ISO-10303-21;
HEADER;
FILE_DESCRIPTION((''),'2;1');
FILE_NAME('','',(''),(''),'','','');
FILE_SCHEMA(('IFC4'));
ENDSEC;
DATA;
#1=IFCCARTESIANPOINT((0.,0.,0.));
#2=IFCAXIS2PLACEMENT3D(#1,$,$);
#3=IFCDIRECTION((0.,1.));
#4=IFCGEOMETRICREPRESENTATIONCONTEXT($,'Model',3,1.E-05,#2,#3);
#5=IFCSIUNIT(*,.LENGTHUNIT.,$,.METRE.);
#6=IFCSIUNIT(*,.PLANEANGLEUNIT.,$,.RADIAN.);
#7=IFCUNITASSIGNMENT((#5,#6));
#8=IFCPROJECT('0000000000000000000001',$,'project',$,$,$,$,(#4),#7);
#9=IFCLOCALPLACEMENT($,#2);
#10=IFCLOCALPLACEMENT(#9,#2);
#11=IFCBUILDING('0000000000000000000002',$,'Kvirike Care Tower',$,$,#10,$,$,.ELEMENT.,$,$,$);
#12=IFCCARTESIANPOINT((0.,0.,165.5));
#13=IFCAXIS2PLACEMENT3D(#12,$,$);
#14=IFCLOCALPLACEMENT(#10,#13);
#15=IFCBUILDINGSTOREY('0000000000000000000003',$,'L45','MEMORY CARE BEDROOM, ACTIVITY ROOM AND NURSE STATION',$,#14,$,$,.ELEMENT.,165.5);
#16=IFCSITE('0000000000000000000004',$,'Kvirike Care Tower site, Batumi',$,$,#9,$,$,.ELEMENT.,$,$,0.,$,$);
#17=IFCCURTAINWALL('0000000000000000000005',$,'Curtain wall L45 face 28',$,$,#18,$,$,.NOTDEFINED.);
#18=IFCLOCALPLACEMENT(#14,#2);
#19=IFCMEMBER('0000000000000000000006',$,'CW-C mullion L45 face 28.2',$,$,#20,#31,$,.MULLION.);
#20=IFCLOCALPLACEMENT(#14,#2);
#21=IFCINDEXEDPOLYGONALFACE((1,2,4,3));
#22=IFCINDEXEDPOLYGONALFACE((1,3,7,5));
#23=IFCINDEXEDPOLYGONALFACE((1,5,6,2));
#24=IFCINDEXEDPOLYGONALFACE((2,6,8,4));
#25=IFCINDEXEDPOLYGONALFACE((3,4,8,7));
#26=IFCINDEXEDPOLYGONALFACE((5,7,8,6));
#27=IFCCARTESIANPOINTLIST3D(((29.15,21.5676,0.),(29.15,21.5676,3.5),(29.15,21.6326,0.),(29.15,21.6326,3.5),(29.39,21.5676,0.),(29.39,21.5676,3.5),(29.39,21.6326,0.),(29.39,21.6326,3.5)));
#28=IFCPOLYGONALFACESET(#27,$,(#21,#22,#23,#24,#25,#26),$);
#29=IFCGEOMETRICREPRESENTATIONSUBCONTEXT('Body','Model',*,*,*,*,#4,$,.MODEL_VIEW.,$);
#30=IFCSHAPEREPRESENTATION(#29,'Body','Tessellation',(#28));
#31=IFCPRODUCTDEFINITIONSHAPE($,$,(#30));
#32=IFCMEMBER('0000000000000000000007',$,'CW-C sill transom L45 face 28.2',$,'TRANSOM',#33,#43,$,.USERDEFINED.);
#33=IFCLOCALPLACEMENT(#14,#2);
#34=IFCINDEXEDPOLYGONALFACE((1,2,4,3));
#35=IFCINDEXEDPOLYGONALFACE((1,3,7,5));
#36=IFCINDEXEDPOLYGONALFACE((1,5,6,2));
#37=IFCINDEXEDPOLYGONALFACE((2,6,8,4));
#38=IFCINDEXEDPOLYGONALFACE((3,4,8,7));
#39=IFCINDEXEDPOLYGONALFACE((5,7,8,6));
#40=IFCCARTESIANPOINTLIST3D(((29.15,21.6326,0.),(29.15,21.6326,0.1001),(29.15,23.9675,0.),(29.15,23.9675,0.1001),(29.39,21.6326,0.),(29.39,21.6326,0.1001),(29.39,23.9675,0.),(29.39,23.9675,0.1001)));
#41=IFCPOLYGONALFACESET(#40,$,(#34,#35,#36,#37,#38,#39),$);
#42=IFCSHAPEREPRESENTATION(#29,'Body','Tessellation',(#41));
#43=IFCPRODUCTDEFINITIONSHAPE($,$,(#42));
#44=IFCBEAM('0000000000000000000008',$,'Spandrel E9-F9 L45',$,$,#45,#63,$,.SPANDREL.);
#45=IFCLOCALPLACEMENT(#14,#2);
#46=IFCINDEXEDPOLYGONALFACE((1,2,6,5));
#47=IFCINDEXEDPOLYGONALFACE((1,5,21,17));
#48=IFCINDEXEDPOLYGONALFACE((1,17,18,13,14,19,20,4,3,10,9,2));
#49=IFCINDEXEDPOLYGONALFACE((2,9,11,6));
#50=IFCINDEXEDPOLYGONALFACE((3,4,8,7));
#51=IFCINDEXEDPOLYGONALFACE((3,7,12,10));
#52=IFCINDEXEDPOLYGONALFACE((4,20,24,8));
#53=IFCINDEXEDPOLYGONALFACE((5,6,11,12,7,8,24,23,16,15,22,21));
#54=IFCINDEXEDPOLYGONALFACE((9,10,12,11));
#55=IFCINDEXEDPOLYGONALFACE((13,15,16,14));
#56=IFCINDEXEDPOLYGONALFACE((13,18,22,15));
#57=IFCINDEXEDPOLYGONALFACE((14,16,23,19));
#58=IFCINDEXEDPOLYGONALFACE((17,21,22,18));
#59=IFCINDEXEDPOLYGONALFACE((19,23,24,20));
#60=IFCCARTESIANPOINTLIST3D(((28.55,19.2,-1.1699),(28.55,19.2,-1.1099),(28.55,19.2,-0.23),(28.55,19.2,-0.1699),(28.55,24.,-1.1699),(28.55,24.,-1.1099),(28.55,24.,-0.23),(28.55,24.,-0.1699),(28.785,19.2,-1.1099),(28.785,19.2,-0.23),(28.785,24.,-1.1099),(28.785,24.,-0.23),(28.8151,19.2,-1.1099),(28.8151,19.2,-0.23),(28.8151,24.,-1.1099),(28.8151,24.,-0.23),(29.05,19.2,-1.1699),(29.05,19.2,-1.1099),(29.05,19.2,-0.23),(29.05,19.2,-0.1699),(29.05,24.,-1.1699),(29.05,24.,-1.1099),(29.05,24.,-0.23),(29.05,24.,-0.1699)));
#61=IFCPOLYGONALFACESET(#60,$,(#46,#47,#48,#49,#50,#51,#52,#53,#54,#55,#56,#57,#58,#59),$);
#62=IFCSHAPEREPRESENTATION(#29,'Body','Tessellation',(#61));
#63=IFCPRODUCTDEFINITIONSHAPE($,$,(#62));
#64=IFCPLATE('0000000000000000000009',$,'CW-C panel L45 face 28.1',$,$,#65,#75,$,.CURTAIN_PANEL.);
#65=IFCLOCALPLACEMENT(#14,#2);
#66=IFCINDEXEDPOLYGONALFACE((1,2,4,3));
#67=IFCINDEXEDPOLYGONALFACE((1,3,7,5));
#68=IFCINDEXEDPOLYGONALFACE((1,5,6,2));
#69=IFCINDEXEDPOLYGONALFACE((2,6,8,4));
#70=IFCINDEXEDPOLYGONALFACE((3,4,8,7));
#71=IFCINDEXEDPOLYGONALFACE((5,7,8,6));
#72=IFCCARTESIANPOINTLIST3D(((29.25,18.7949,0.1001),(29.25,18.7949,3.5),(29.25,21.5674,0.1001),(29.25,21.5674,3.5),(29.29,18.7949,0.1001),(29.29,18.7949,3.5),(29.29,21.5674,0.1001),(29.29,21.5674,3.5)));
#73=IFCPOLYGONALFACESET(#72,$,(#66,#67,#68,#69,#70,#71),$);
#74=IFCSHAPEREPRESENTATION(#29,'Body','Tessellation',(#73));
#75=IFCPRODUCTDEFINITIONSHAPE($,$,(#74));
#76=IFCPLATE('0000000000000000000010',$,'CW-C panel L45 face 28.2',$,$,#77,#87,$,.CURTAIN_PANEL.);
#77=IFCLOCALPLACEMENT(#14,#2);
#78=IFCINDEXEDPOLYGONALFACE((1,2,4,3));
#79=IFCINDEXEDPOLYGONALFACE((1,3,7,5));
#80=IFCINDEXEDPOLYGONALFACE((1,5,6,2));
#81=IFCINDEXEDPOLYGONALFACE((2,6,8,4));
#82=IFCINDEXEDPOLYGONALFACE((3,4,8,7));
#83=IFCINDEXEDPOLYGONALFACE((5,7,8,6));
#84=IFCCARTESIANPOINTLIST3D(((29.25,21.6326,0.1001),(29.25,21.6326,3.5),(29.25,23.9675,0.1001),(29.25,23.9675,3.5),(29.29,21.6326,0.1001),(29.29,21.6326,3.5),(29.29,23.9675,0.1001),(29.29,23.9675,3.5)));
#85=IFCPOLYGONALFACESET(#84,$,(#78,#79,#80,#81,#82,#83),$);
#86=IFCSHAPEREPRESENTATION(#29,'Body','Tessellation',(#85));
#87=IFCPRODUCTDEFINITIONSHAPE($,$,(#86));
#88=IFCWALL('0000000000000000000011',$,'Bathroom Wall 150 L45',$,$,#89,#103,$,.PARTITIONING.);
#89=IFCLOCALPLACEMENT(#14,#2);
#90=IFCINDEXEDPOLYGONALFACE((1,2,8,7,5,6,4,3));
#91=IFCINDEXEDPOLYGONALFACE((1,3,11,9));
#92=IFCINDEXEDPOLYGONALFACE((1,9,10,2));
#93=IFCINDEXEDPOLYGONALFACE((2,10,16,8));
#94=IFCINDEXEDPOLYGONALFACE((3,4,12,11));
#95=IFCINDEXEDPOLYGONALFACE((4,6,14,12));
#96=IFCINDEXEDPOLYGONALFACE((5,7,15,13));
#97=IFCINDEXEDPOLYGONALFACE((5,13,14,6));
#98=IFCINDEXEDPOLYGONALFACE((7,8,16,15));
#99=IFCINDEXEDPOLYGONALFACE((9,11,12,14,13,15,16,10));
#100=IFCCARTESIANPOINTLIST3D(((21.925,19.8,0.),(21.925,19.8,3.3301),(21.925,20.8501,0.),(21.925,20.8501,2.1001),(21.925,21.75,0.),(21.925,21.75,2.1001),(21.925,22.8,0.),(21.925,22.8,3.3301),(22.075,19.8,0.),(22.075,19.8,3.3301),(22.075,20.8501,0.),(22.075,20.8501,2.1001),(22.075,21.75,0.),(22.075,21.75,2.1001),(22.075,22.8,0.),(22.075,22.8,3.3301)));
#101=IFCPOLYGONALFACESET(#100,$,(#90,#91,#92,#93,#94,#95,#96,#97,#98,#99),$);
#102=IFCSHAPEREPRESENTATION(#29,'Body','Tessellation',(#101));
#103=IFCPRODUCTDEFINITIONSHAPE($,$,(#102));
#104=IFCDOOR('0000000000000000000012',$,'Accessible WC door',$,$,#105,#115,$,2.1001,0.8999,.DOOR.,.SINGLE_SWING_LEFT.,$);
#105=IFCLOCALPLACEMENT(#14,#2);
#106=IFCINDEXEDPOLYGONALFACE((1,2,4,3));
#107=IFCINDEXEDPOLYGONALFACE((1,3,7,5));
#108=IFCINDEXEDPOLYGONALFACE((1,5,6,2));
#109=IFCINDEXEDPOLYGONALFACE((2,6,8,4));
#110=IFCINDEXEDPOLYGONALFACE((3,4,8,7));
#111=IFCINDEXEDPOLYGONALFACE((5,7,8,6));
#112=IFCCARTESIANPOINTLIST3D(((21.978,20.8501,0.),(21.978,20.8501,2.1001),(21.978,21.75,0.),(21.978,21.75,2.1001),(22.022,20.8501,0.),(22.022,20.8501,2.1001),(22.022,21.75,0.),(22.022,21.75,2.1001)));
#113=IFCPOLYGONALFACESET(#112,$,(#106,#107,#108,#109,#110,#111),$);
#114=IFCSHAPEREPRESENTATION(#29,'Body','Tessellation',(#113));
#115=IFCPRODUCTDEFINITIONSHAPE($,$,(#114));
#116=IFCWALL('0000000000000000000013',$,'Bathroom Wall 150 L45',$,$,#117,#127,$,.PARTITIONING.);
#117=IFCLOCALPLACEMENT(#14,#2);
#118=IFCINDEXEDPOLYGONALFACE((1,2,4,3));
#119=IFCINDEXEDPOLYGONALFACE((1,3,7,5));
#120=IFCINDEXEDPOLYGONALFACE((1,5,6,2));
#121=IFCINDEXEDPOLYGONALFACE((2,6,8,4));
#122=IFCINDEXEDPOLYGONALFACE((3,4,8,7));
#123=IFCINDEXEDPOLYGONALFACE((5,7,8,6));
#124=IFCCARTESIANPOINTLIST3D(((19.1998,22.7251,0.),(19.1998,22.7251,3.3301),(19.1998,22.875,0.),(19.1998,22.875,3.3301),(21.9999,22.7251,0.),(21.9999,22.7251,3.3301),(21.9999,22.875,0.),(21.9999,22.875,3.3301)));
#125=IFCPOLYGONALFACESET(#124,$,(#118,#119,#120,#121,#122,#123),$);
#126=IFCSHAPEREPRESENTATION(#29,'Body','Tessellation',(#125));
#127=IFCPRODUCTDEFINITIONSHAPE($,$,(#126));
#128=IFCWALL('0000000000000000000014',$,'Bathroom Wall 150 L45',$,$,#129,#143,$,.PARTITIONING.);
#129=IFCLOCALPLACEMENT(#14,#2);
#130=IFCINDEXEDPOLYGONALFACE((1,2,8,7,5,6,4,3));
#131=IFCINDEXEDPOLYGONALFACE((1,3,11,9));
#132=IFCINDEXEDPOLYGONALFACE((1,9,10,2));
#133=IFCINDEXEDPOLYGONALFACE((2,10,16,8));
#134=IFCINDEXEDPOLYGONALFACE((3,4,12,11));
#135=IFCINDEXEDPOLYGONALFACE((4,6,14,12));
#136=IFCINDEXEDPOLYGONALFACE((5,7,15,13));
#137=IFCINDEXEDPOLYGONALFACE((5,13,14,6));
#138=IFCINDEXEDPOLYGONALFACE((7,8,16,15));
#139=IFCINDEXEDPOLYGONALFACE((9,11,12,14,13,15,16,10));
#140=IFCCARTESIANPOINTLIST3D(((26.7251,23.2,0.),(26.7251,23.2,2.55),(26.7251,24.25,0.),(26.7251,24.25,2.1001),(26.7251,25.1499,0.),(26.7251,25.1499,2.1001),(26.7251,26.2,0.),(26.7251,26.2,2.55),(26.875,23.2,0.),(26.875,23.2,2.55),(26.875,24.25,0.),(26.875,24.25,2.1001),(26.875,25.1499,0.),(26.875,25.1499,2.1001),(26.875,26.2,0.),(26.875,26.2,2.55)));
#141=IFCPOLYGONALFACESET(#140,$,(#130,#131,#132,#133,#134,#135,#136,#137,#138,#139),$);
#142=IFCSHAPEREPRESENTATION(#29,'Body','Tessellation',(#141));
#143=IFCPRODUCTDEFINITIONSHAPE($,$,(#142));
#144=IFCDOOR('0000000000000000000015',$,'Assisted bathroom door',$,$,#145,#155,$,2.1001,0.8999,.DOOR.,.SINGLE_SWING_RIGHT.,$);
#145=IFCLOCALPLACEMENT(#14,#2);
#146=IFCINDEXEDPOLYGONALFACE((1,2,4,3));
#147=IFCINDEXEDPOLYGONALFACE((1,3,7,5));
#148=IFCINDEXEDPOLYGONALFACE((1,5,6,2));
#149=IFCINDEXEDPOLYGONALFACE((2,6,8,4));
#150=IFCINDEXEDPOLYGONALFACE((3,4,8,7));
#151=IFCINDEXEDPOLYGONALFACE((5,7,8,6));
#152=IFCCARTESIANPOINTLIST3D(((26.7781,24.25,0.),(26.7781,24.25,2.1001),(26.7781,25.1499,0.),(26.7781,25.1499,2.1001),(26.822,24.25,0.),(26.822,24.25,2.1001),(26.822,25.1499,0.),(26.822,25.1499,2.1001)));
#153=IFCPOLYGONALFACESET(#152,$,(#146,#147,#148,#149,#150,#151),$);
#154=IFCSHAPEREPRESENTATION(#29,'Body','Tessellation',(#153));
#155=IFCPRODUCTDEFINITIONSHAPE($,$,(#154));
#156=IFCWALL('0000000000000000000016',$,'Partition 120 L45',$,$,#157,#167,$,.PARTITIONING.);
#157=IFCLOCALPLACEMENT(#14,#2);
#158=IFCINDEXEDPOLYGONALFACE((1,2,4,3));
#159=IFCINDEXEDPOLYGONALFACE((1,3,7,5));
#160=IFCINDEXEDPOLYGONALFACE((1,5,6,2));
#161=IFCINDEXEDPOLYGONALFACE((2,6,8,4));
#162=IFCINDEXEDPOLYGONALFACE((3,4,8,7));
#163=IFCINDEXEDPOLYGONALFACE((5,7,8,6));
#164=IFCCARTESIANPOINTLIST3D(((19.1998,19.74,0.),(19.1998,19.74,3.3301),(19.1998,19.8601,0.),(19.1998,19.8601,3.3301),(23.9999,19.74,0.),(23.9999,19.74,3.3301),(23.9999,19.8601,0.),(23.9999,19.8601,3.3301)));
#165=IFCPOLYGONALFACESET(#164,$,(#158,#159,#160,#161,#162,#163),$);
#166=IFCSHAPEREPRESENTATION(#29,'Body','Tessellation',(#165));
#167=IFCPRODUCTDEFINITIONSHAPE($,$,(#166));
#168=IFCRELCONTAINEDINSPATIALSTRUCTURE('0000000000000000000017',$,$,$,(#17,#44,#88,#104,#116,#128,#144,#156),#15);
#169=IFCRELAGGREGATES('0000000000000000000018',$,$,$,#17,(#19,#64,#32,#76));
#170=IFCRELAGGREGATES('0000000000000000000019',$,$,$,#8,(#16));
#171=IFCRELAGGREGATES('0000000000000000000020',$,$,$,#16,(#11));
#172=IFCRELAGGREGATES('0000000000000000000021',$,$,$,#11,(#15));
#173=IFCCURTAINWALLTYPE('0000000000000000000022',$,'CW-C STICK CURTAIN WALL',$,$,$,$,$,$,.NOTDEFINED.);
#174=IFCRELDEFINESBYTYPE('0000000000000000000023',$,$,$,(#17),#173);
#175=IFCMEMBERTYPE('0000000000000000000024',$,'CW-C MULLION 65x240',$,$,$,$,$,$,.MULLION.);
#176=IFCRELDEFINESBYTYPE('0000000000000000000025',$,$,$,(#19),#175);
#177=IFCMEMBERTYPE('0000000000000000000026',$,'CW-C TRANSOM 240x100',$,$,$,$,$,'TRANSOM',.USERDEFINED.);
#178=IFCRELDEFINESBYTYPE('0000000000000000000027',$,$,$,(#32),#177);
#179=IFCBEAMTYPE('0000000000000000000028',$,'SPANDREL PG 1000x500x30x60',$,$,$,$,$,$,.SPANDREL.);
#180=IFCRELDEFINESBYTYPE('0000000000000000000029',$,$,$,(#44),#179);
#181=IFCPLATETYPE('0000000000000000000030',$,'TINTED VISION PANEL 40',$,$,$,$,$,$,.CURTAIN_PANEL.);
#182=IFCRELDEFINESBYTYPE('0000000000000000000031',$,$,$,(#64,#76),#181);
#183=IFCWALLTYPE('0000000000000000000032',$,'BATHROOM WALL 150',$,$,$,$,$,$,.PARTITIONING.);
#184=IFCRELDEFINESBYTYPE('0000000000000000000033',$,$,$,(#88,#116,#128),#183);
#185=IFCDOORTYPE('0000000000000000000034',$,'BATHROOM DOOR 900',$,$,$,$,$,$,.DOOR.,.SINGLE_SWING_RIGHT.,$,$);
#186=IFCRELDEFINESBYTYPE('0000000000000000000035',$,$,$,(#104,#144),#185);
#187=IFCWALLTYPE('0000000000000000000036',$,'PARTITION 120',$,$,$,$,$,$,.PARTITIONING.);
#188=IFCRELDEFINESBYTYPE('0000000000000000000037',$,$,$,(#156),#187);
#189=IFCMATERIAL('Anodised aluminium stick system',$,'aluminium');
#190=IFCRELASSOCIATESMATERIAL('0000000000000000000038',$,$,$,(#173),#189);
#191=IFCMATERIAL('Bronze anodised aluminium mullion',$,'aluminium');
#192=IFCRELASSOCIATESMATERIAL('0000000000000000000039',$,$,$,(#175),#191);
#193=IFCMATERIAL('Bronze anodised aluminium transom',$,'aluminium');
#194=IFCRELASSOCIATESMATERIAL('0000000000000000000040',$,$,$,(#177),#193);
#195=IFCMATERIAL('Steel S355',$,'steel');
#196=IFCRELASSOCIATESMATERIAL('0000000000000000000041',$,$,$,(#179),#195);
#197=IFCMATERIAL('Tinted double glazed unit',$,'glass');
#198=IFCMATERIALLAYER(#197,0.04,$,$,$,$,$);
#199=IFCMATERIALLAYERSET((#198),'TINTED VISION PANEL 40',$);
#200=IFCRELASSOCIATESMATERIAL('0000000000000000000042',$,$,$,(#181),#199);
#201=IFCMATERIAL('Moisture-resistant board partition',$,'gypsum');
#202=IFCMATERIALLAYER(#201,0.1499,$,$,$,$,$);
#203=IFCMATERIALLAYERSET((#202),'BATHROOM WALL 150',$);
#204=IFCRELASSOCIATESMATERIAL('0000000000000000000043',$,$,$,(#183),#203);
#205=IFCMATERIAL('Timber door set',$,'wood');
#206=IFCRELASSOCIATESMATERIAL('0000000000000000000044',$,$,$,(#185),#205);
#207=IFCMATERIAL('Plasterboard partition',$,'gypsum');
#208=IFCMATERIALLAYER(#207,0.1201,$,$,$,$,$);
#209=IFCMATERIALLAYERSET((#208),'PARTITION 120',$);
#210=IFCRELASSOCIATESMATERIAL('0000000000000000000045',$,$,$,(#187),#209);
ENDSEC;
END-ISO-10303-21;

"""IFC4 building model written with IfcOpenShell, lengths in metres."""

from ifc_helpers import new_model, si_unit, direction, frame, frame_2d, origin, origin_2d, place, context, subcontext, project, spatial, rectangle, i_section, extrude, material, layer, layer_set, material_profile, profile_set, type_object, element, fill, aggregate, save


model = new_model("IFC4")

# Units and contexts
model_context = context("Model", 3, precision=1e-05, world=origin(), true_north=direction((0.0, 1.0)))
body_context = subcontext(model_context, "Body", "Model", "MODEL_VIEW")
ifc_project = project(units=[si_unit("LENGTHUNIT", "METRE"), si_unit("PLANEANGLEUNIT", "RADIAN")], contexts=[model_context])

# Site, building, storey
site_placement = place(None, origin())
site = spatial("IfcSite", under=ifc_project, at=site_placement, Name="Kvirike Care Tower site, Batumi", CompositionType="ELEMENT", RefElevation=0.0)
building_placement = place(site_placement, origin())
building = spatial("IfcBuilding", under=site, at=building_placement, Name="Kvirike Care Tower", CompositionType="ELEMENT")
storey_placement = place(building_placement, frame((0.0, 0.0, 165.5)))
storey = spatial("IfcBuildingStorey", under=building, at=storey_placement, Name="L45", Description="MEMORY CARE BEDROOM, ACTIVITY ROOM AND NURSE STATION", CompositionType="ELEMENT", Elevation=165.5)

# Curtain wall, members
ifc_material_1 = material(Name="Anodised aluminium stick system", Category="aluminium")
curtain_wall_type = type_object("IfcCurtainWallType", Name="CW-C STICK CURTAIN WALL", PredefinedType="NOTDEFINED", material=ifc_material_1)
curtain_wall_placement = place(storey_placement, origin())
curtain_wall = element("IfcCurtainWall", 1, at=curtain_wall_placement, inside=storey, type_object=curtain_wall_type, Name="Curtain wall L45 face 28", PredefinedType="NOTDEFINED")
ifc_material_2 = material(Name="Bronze anodised aluminium mullion", Category="aluminium")
ifc_material_profile_1 = material_profile(ifc_material_2, rectangle(XDim=0.0649, YDim=0.24, at=origin_2d()), Name="CW-C MULLION 65x240")
ifc_profile_set_1 = profile_set([ifc_material_profile_1], Name="Bronze anodised aluminium mullion")
member_type_1 = type_object("IfcMemberType", Name="CW-C MULLION 65x240", PredefinedType="MULLION", material=ifc_profile_set_1)
member_1_placement = place(storey_placement, frame((29.27, 21.6001, 0.0), z_axis=(0.0, 0.0, 1.0), x_axis=(0.0, 1.0, 0.0)))
member_1 = element("IfcMember", 2, at=member_1_placement, type_object=member_type_1, Name="CW-C mullion L45 face 28.2", PredefinedType="MULLION", context=body_context, shape_type="SweptSolid", body=[
    extrude(rectangle(XDim=0.0649, YDim=0.24, at=origin_2d()), origin(), (0.0, 0.0, 1.0), 3.5),
])
ifc_material_3 = material(Name="Bronze anodised aluminium transom", Category="aluminium")
ifc_material_profile_2 = material_profile(ifc_material_3, rectangle(XDim=0.24, YDim=0.1001, at=origin_2d()), Name="CW-C TRANSOM 240x100")
ifc_profile_set_2 = profile_set([ifc_material_profile_2], Name="Bronze anodised aluminium transom")
member_type_2 = type_object("IfcMemberType", Name="CW-C TRANSOM 240x100", ElementType="TRANSOM", PredefinedType="USERDEFINED", material=ifc_profile_set_2)
member_2_placement = place(storey_placement, frame((29.27, 21.6326, 0.05), z_axis=(0.0, 1.0, 0.0), x_axis=(-1.0, 0.0, 0.0)))
member_2 = element("IfcMember", 3, at=member_2_placement, type_object=member_type_2, Name="CW-C sill transom L45 face 28.2", ObjectType="TRANSOM", PredefinedType="USERDEFINED", context=body_context, shape_type="SweptSolid", body=[
    extrude(rectangle(XDim=0.24, YDim=0.1001, at=origin_2d()), origin(), (0.0, 0.0, 1.0), 2.335),
])

# Beam
ifc_material_4 = material(Name="Steel S355", Category="steel")
ifc_material_profile_3 = material_profile(ifc_material_4, i_section(OverallWidth=0.5, OverallDepth=1.0, WebThickness=0.03, FlangeThickness=0.0601, at=origin_2d()), Name="PG 1000x500x30x60")
ifc_profile_set_3 = profile_set([ifc_material_profile_3], Name="Steel S355")
beam_type = type_object("IfcBeamType", Name="SPANDREL PG 1000x500x30x60", PredefinedType="SPANDREL", material=ifc_profile_set_3)
beam_placement = place(storey_placement, frame((28.8, 19.2, -0.6699), z_axis=(0.0, 1.0, 0.0), x_axis=(-1.0, 0.0, 0.0)))
element("IfcBeam", 4, at=beam_placement, inside=storey, type_object=beam_type, Name="Spandrel E9-F9 L45", PredefinedType="SPANDREL", context=body_context, shape_type="SweptSolid", body=[
    extrude(i_section(OverallWidth=0.5, OverallDepth=1.0, WebThickness=0.03, FlangeThickness=0.0601, at=origin_2d()), origin(), (0.0, 0.0, 1.0), 4.8),
])

# Plates
ifc_material_5 = material(Name="Tinted double glazed unit", Category="glass")
ifc_layer_1 = layer(ifc_material_5, 0.04)
ifc_layer_set_1 = layer_set([ifc_layer_1], Name="TINTED VISION PANEL 40")
plate_type = type_object("IfcPlateType", Name="TINTED VISION PANEL 40", PredefinedType="CURTAIN_PANEL", material=ifc_layer_set_1)
plate_1_placement = place(storey_placement, frame((29.27, 20.1812, 0.1001), z_axis=(0.0, 0.0, 1.0), x_axis=(0.0, 1.0, 0.0)))
plate_1 = element("IfcPlate", 5, at=plate_1_placement, type_object=plate_type, Name="CW-C panel L45 face 28.1", PredefinedType="CURTAIN_PANEL", context=body_context, shape_type="SweptSolid", body=[
    extrude(rectangle(XDim=2.7725, YDim=0.04, at=origin_2d()), origin(), (0.0, 0.0, 1.0), 3.3999),
])
plate_2_placement = place(storey_placement, frame((29.27, 22.8, 0.1001), z_axis=(0.0, 0.0, 1.0), x_axis=(0.0, 1.0, 0.0)))
plate_2 = element("IfcPlate", 6, at=plate_2_placement, type_object=plate_type, Name="CW-C panel L45 face 28.2", PredefinedType="CURTAIN_PANEL", context=body_context, shape_type="SweptSolid", body=[
    extrude(rectangle(XDim=2.335, YDim=0.04, at=origin_2d()), origin(), (0.0, 0.0, 1.0), 3.3999),
])
aggregate(curtain_wall, [member_1, plate_1, member_2, plate_2])

# Wall, opening, door
ifc_material_6 = material(Name="Moisture-resistant board partition", Category="gypsum")
ifc_layer_2 = layer(ifc_material_6, 0.1499)
ifc_layer_set_2 = layer_set([ifc_layer_2], Name="BATHROOM WALL 150")
wall_type_1 = type_object("IfcWallType", Name="BATHROOM WALL 150", PredefinedType="PARTITIONING", material=ifc_layer_set_2)
wall_1_placement = place(storey_placement, frame((22.0, 19.8, 0.0), z_axis=(0.0, 0.0, 1.0), x_axis=(0.0, 1.0, 0.0)))
wall_1 = element("IfcWall", 7, at=wall_1_placement, inside=storey, type_object=wall_type_1, Name="Bathroom Wall 150 L45", PredefinedType="PARTITIONING", context=body_context, shape_type="SweptSolid", body=[
    extrude(rectangle(XDim=3.0, YDim=0.1499, at=frame_2d((1.5, 0.0))), origin(), (0.0, 0.0, 1.0), 3.3301),
])
opening_1_placement = place(wall_1_placement, frame((1.05, 0.0, 0.0)))
opening_1 = element("IfcOpeningElement", 8, at=opening_1_placement, cuts=wall_1, PredefinedType="OPENING", context=body_context, shape_type="SweptSolid", body=[
    extrude(rectangle(XDim=0.8999, YDim=2.1001, at=frame_2d((0.45, 1.05))), frame((0.0, 0.0854, 0.0), z_axis=(0.0, -1.0, 0.0), x_axis=(1.0, 0.0, 0.0)), (0.0, 0.0, 1.0), 0.1709),
])
ifc_material_7 = material(Name="Timber door set", Category="wood")
door_type_1 = type_object("IfcDoorType", Name="BATHROOM DOOR 900", OperationType="SINGLE_SWING_RIGHT", PredefinedType="DOOR", material=ifc_material_7)
door_1_placement = place(opening_1_placement, origin())
door_1 = element("IfcDoor", 9, at=door_1_placement, inside=storey, type_object=door_type_1, Name="Accessible WC door", OperationType="SINGLE_SWING_LEFT", OverallHeight=2.1001, OverallWidth=0.8999, PredefinedType="DOOR", context=body_context, shape_type="SweptSolid", body=[
    extrude(rectangle(XDim=0.8999, YDim=2.1001, at=frame_2d((0.45, 1.05))), frame((0.0, 0.022, 0.0), z_axis=(0.0, -1.0, 0.0), x_axis=(1.0, 0.0, 0.0)), (0.0, 0.0, 1.0), 0.0439),
])
fill(opening_1, door_1)

# Wall
wall_2_placement = place(storey_placement, frame((19.2, 22.8, 0.0), z_axis=(0.0, 0.0, 1.0), x_axis=(1.0, 0.0, 0.0)))
element("IfcWall", 10, at=wall_2_placement, inside=storey, type_object=wall_type_1, Name="Bathroom Wall 150 L45", PredefinedType="PARTITIONING", context=body_context, shape_type="SweptSolid", body=[
    extrude(rectangle(XDim=2.8, YDim=0.1499, at=frame_2d((1.3999, 0.0))), origin(), (0.0, 0.0, 1.0), 3.3301),
])

# Wall, opening, door
wall_3_placement = place(storey_placement, frame((26.8, 23.2, 0.0), z_axis=(0.0, 0.0, 1.0), x_axis=(0.0, 1.0, 0.0)))
wall_3 = element("IfcWall", 11, at=wall_3_placement, inside=storey, type_object=wall_type_1, Name="Bathroom Wall 150 L45", PredefinedType="PARTITIONING", context=body_context, shape_type="SweptSolid", body=[
    extrude(rectangle(XDim=3.0, YDim=0.1499, at=frame_2d((1.5, 0.0))), origin(), (0.0, 0.0, 1.0), 2.55),
])
opening_2_placement = place(wall_3_placement, frame((1.05, 0.0, 0.0)))
opening_2 = element("IfcOpeningElement", 12, at=opening_2_placement, cuts=wall_3, PredefinedType="OPENING", context=body_context, shape_type="SweptSolid", body=[
    extrude(rectangle(XDim=0.8999, YDim=2.1001, at=frame_2d((0.45, 1.05))), frame((0.0, 0.0854, 0.0), z_axis=(0.0, -1.0, 0.0), x_axis=(1.0, 0.0, 0.0)), (0.0, 0.0, 1.0), 0.1709),
])
door_2_placement = place(opening_2_placement, frame((0.8999, 0.0, 0.0), z_axis=(0.0, 0.0, 1.0), x_axis=(-1.0, 0.0, 0.0)))
door_2 = element("IfcDoor", 13, at=door_2_placement, inside=storey, type_object=door_type_1, Name="Assisted bathroom door", OperationType="SINGLE_SWING_RIGHT", OverallHeight=2.1001, OverallWidth=0.8999, PredefinedType="DOOR", context=body_context, shape_type="SweptSolid", body=[
    extrude(rectangle(XDim=0.8999, YDim=2.1001, at=frame_2d((0.45, 1.05))), frame((0.0, 0.022, 0.0), z_axis=(0.0, -1.0, 0.0), x_axis=(1.0, 0.0, 0.0)), (0.0, 0.0, 1.0), 0.0439),
])
fill(opening_2, door_2)

# Wall
ifc_material_8 = material(Name="Plasterboard partition", Category="gypsum")
ifc_layer_3 = layer(ifc_material_8, 0.1201)
ifc_layer_set_3 = layer_set([ifc_layer_3], Name="PARTITION 120")
wall_type_2 = type_object("IfcWallType", Name="PARTITION 120", PredefinedType="PARTITIONING", material=ifc_layer_set_3)
wall_4_placement = place(storey_placement, frame((19.2, 19.8, 0.0), z_axis=(0.0, 0.0, 1.0), x_axis=(1.0, 0.0, 0.0)))
element("IfcWall", 14, at=wall_4_placement, inside=storey, type_object=wall_type_2, Name="Partition 120 L45", PredefinedType="PARTITIONING", context=body_context, shape_type="SweptSolid", body=[
    extrude(rectangle(XDim=4.8, YDim=0.1201, at=frame_2d((2.3999, 0.0))), origin(), (0.0, 0.0, 1.0), 3.3301),
])

save(model, "model.ifc")
